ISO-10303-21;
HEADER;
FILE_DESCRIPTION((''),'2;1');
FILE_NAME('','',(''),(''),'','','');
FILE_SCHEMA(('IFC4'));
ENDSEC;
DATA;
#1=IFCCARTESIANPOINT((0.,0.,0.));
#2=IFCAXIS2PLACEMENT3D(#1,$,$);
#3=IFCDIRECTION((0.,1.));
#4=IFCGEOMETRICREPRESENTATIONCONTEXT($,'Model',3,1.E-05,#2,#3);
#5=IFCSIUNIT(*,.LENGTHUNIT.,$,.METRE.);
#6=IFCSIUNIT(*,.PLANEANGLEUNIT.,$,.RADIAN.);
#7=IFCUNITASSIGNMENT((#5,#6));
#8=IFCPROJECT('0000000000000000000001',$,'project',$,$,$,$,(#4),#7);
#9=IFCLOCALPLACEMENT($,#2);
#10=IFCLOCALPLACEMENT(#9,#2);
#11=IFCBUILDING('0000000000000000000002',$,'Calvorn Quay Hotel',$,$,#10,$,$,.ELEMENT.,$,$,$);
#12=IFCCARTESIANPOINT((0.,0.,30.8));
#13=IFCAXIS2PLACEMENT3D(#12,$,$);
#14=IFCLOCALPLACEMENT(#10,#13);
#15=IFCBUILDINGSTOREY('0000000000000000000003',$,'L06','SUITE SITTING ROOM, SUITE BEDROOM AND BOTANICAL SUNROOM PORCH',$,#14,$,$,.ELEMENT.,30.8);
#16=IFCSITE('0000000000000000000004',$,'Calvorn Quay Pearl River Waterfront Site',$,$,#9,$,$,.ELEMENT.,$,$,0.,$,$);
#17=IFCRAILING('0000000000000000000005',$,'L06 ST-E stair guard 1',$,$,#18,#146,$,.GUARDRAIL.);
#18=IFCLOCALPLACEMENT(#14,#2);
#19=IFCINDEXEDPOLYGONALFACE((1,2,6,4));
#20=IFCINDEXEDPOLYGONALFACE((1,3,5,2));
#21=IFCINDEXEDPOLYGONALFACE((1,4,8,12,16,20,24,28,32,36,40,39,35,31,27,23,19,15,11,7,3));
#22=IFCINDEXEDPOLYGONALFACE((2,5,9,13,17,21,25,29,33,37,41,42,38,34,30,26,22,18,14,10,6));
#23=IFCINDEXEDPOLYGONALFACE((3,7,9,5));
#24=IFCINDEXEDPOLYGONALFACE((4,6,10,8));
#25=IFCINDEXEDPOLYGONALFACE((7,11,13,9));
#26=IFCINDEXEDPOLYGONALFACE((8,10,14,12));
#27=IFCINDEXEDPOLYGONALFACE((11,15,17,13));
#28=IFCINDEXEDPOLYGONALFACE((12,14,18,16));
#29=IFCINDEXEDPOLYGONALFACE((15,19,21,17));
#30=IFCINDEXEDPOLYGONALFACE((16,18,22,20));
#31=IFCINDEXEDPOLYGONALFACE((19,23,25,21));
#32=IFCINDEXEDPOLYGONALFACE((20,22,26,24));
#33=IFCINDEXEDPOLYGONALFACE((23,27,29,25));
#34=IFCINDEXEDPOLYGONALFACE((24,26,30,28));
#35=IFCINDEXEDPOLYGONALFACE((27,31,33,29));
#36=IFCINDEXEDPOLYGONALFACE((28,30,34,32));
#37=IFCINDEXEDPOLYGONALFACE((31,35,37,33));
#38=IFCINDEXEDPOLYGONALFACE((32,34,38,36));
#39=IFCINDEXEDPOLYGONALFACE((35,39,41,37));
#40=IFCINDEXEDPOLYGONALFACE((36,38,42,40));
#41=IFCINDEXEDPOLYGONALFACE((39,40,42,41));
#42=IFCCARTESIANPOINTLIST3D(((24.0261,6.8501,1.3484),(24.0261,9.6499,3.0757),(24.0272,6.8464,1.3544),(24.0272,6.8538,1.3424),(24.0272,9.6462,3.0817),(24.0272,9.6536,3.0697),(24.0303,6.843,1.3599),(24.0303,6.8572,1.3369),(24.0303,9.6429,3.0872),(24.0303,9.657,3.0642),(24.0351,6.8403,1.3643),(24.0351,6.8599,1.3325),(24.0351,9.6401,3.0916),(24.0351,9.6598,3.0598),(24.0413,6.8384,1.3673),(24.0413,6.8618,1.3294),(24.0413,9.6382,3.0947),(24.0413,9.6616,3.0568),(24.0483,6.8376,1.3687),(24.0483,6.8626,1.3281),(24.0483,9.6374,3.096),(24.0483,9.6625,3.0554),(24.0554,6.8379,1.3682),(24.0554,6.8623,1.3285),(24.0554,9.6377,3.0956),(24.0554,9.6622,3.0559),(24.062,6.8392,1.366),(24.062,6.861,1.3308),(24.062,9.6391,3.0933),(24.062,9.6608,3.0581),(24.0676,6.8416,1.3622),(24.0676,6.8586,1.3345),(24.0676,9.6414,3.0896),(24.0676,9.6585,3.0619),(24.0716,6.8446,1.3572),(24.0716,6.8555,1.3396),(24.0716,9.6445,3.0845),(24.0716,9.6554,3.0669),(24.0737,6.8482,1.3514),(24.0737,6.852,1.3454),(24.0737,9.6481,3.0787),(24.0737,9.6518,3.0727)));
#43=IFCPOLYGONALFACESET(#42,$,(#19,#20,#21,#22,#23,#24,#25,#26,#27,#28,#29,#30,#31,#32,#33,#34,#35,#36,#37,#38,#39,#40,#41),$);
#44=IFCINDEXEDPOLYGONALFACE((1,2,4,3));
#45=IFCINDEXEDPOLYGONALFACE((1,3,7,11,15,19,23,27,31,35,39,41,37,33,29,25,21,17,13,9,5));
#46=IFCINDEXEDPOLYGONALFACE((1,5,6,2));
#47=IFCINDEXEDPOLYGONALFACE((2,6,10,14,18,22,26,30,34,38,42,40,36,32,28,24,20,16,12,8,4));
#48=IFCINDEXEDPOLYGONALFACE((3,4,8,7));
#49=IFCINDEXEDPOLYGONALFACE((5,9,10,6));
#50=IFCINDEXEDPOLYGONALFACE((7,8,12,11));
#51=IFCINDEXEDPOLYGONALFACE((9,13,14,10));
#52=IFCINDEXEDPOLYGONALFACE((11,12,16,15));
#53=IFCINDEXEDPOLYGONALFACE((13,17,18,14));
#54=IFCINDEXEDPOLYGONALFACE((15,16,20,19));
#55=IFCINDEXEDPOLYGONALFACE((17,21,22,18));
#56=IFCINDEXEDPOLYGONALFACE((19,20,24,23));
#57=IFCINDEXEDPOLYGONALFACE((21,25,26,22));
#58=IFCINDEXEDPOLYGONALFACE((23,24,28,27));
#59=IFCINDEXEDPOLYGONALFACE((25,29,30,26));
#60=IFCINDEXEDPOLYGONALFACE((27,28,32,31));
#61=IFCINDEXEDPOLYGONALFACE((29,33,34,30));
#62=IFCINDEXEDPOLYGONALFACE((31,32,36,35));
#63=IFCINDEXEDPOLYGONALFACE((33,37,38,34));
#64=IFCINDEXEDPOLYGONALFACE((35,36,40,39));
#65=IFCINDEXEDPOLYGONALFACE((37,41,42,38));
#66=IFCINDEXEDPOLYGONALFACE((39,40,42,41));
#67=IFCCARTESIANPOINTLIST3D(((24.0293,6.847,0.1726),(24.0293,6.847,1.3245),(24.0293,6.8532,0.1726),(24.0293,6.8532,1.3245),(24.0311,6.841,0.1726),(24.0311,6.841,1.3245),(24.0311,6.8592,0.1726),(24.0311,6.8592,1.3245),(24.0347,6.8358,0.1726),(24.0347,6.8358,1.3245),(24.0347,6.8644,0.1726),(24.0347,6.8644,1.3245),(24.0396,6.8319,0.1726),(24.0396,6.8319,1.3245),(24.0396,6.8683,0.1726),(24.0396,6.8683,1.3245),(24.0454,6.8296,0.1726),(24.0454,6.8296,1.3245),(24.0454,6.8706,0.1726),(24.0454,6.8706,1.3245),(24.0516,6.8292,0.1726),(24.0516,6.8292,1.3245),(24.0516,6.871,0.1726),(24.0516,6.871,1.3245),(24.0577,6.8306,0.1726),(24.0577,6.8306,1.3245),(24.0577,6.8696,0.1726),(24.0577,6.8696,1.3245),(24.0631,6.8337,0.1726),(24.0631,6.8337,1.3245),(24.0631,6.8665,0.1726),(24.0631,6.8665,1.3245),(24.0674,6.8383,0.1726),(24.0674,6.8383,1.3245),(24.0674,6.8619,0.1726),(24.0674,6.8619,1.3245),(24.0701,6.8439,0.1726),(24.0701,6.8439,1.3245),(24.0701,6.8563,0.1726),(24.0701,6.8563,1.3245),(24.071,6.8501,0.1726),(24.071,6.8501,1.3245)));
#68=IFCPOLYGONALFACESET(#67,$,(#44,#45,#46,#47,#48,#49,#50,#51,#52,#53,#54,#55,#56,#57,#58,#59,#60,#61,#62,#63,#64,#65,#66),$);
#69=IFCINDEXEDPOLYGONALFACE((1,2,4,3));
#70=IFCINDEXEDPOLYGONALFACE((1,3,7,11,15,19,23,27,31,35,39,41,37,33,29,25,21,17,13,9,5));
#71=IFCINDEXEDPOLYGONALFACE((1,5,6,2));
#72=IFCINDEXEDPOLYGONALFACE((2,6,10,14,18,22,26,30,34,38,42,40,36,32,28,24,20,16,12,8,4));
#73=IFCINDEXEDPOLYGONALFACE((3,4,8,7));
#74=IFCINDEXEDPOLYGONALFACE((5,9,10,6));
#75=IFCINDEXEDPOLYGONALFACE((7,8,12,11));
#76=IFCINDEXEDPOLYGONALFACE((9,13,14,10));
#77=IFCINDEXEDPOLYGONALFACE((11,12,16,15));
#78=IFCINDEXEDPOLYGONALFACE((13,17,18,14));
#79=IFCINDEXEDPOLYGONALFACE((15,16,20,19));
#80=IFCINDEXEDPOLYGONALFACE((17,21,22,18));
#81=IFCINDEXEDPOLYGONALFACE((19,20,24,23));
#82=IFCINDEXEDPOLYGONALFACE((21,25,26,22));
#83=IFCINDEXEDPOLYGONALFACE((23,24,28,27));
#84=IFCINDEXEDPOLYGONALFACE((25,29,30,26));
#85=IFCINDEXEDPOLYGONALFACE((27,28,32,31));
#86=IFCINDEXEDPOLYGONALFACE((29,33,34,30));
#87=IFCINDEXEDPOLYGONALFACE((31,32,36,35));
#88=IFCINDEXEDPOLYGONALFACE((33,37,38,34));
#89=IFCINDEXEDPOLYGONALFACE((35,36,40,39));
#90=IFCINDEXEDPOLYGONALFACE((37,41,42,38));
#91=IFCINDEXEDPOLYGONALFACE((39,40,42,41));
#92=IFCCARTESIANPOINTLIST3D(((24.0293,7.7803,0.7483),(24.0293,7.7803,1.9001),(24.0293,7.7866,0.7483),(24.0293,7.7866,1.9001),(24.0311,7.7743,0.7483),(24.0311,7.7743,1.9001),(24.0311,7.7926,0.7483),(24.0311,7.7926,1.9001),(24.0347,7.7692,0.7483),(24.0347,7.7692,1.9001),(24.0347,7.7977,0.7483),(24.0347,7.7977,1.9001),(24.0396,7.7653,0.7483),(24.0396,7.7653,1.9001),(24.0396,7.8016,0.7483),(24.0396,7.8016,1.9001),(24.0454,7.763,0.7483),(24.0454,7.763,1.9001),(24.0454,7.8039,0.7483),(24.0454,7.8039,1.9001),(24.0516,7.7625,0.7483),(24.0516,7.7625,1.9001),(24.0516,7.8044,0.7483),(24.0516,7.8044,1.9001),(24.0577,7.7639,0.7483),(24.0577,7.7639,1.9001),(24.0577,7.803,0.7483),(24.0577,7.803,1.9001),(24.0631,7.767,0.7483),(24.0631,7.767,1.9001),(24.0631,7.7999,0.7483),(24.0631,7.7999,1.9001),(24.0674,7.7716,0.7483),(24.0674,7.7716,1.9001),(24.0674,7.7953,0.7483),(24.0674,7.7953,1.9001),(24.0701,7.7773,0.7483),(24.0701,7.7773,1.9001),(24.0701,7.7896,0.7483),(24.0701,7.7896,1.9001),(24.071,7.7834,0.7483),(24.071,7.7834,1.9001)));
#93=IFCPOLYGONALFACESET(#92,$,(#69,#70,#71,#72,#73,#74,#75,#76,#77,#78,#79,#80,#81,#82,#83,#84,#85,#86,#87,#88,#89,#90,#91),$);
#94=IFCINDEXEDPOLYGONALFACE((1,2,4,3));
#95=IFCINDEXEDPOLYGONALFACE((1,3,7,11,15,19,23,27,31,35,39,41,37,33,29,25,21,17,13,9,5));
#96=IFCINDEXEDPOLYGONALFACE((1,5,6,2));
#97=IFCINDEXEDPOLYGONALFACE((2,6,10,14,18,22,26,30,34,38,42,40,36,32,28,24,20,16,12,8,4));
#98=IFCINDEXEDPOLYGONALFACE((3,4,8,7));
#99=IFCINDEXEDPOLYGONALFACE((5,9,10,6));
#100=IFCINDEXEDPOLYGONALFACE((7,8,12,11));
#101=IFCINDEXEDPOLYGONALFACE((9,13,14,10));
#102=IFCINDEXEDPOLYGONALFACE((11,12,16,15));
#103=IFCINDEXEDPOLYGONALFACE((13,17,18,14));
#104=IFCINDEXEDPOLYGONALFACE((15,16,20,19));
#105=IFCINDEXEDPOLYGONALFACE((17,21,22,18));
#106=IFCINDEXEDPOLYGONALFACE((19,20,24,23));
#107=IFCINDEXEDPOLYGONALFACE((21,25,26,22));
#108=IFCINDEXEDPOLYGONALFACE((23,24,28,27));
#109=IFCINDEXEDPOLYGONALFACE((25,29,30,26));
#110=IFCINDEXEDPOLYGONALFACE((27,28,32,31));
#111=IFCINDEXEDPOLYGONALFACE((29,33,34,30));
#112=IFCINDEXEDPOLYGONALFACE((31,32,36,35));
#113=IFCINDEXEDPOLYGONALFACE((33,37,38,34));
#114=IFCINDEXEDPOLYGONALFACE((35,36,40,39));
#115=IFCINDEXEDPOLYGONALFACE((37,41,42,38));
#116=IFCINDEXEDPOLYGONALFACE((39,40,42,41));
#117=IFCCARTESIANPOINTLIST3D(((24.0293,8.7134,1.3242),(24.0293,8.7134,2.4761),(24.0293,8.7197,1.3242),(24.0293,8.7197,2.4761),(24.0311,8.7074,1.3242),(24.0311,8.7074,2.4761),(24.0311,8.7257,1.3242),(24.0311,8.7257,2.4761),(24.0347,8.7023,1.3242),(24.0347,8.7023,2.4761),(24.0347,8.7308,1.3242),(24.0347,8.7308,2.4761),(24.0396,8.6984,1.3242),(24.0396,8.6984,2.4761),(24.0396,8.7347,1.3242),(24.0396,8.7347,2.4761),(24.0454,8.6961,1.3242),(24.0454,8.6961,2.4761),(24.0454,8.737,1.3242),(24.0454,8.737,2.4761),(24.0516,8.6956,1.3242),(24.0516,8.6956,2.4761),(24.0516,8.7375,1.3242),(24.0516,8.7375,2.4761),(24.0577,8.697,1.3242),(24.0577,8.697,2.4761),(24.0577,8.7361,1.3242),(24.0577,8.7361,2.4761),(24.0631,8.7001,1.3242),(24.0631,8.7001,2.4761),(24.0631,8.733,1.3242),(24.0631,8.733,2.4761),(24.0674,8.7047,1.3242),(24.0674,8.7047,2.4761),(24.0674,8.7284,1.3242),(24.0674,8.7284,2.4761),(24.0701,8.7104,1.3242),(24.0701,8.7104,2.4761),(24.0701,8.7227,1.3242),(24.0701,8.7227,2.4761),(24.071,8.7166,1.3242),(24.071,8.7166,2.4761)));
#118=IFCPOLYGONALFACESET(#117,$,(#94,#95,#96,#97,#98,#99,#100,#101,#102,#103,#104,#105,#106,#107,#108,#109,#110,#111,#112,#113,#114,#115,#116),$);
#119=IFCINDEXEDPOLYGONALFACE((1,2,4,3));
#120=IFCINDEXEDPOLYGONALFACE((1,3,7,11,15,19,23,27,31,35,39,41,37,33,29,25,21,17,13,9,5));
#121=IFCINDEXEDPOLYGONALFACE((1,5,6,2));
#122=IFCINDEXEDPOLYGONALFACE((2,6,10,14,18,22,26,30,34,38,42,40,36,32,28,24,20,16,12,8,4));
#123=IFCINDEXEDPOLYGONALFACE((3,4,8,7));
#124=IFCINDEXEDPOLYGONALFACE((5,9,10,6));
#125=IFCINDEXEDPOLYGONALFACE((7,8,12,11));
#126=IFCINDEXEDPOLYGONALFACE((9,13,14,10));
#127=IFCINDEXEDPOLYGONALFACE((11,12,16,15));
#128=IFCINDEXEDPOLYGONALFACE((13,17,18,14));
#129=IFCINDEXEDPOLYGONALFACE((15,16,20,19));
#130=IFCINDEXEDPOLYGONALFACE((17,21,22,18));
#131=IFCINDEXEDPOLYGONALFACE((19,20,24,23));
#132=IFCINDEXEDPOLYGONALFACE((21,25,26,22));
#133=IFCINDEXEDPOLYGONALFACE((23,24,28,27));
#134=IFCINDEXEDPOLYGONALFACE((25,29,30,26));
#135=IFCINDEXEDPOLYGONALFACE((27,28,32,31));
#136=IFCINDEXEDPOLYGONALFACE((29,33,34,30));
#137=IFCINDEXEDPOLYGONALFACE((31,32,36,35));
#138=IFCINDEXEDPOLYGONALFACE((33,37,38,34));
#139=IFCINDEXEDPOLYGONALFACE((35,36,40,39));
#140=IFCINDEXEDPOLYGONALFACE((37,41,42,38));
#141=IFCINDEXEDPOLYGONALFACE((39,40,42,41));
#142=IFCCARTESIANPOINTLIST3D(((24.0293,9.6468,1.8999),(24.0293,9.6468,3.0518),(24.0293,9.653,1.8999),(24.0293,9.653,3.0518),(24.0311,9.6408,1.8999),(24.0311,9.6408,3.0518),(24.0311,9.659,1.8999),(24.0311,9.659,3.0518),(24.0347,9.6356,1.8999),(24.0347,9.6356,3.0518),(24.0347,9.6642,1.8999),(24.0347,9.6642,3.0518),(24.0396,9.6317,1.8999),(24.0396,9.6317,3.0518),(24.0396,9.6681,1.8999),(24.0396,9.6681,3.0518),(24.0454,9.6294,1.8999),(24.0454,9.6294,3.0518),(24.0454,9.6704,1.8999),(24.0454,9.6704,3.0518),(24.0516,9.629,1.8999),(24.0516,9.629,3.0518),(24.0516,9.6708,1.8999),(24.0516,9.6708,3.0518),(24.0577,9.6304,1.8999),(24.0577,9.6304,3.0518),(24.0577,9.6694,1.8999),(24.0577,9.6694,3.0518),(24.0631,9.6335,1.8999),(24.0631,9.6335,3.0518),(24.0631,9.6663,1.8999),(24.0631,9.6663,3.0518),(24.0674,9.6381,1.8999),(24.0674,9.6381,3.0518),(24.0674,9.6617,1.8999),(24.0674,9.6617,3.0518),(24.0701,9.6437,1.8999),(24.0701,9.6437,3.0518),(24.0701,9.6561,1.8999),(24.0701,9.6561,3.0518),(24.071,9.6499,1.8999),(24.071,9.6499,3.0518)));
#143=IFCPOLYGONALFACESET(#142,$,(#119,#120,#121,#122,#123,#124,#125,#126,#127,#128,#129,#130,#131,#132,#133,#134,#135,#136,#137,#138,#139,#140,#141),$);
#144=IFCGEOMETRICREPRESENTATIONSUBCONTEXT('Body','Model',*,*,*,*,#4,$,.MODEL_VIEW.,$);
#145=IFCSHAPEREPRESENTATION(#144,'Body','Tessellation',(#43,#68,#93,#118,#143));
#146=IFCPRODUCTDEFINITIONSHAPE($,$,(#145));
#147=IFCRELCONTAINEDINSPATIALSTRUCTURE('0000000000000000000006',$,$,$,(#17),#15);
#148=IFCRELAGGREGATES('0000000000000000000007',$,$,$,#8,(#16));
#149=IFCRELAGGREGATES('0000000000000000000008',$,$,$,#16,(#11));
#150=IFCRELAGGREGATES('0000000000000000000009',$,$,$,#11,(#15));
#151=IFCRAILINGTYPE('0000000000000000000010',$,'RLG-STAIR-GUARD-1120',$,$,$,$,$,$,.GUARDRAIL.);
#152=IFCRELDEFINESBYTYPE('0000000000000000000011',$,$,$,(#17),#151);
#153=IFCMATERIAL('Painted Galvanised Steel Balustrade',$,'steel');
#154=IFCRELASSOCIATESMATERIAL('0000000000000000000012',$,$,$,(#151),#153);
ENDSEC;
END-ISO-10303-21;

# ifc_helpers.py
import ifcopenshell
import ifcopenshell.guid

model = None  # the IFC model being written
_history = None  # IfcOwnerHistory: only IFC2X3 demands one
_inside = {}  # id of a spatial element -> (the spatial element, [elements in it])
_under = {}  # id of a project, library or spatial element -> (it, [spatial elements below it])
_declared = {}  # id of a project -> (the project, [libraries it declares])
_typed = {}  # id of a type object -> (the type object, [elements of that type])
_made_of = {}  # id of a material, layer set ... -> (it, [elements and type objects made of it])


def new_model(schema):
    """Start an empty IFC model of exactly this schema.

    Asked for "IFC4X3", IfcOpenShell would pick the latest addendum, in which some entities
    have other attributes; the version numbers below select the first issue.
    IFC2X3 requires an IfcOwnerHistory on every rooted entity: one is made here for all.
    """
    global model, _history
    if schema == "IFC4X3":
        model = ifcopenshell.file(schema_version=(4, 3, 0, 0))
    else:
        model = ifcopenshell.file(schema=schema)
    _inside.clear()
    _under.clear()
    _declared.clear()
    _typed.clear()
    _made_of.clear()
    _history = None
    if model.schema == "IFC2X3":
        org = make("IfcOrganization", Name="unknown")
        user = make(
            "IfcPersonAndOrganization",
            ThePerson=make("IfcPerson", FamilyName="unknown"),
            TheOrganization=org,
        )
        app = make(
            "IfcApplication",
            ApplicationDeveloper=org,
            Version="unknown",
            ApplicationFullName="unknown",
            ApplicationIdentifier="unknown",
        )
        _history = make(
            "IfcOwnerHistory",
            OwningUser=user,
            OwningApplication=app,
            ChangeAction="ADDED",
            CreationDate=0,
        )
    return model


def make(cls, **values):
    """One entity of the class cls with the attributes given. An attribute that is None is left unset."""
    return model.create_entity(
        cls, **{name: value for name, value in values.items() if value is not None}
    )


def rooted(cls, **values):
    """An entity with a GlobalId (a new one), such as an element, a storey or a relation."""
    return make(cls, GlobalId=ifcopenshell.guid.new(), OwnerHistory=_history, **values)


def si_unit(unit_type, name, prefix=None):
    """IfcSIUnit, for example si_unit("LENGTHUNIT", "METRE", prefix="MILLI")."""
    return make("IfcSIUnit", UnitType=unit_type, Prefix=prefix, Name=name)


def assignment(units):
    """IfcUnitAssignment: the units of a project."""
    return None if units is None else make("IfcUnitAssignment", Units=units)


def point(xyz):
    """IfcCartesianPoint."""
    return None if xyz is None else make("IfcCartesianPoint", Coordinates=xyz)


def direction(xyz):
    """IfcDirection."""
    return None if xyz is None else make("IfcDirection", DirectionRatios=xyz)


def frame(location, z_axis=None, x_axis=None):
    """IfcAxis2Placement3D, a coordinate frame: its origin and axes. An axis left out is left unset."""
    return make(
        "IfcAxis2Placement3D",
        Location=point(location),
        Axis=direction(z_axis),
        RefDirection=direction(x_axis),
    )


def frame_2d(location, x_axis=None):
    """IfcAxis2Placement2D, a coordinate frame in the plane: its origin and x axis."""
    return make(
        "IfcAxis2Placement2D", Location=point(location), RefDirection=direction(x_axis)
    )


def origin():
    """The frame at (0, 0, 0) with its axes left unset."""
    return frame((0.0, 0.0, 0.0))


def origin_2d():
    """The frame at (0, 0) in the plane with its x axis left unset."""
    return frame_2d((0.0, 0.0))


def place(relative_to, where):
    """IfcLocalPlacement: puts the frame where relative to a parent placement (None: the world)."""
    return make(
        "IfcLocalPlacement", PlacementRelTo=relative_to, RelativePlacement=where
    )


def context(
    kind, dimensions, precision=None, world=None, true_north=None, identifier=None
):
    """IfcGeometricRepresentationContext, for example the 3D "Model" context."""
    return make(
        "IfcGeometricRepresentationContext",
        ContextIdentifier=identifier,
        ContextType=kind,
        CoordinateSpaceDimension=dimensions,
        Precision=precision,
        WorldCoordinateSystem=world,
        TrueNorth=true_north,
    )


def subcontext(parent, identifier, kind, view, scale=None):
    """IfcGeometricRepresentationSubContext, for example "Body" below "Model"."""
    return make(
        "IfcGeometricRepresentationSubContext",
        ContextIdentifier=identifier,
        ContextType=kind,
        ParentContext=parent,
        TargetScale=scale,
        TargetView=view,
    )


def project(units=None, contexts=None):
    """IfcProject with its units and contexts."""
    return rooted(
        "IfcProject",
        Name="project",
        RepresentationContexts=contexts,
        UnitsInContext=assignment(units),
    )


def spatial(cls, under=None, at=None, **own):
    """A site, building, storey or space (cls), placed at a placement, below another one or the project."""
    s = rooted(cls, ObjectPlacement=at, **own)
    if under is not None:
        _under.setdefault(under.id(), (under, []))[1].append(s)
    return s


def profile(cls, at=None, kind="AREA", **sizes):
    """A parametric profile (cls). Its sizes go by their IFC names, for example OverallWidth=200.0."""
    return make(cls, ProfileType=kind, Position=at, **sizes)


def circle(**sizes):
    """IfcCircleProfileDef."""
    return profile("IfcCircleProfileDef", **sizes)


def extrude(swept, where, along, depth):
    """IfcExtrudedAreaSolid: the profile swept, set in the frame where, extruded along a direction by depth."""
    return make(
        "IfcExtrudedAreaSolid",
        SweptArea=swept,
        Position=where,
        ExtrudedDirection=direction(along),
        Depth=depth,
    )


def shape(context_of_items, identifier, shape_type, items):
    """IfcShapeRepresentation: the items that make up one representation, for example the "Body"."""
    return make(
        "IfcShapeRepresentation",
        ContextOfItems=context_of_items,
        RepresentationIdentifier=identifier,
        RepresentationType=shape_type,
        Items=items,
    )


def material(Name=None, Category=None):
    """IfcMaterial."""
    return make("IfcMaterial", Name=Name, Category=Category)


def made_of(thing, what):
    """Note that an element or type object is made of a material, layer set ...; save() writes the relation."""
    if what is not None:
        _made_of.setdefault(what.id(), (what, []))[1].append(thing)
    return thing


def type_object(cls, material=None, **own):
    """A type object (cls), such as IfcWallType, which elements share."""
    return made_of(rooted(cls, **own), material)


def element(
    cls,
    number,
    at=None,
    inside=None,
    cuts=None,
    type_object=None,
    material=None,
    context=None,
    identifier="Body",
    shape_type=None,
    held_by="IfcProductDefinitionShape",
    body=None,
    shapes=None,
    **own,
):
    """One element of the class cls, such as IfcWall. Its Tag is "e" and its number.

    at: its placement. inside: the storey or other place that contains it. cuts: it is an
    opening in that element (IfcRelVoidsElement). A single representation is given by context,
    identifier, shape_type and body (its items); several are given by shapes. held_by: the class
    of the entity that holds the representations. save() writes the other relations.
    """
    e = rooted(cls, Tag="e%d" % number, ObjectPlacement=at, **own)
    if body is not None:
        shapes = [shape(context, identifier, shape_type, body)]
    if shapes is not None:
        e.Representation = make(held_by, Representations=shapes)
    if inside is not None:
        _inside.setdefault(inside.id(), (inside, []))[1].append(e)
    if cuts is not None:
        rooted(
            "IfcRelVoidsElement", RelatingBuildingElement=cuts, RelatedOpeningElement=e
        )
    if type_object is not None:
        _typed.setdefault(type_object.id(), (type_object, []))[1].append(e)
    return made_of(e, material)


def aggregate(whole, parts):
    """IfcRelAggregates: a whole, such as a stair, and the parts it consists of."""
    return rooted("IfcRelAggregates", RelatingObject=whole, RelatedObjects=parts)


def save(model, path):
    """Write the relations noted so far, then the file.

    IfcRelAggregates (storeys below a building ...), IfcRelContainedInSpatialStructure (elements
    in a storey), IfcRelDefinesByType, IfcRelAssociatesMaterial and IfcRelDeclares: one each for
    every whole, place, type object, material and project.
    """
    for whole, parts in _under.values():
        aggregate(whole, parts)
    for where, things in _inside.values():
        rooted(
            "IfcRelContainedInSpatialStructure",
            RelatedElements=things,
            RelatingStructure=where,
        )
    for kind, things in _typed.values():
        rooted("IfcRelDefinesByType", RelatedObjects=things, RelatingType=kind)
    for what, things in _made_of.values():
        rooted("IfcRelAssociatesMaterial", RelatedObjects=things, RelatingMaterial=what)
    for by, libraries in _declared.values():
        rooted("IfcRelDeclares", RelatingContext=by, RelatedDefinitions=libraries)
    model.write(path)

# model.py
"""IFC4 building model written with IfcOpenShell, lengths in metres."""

from ifc_helpers import new_model, si_unit, direction, frame, origin, origin_2d, place, context, subcontext, project, spatial, circle, extrude, material, type_object, element, save


model = new_model("IFC4")

# Units and contexts
model_context = context("Model", 3, precision=1e-05, world=origin(), true_north=direction((0.0, 1.0)))
body_context = subcontext(model_context, "Body", "Model", "MODEL_VIEW")
ifc_project = project(units=[si_unit("LENGTHUNIT", "METRE"), si_unit("PLANEANGLEUNIT", "RADIAN")], contexts=[model_context])

# Site, building, storey
site_placement = place(None, origin())
site = spatial("IfcSite", under=ifc_project, at=site_placement, Name="Calvorn Quay Pearl River Waterfront Site", CompositionType="ELEMENT", RefElevation=0.0)
building_placement = place(site_placement, origin())
building = spatial("IfcBuilding", under=site, at=building_placement, Name="Calvorn Quay Hotel", CompositionType="ELEMENT")
storey_placement = place(building_placement, frame((0.0, 0.0, 30.8)))
storey = spatial("IfcBuildingStorey", under=building, at=storey_placement, Name="L06", Description="SUITE SITTING ROOM, SUITE BEDROOM AND BOTANICAL SUNROOM PORCH", CompositionType="ELEMENT", Elevation=30.8)

# Railing
ifc_material_1 = material(Name="Painted Galvanised Steel Balustrade", Category="steel")
railing_type_1 = type_object("IfcRailingType", Name="RLG-STAIR-GUARD-1120", PredefinedType="GUARDRAIL", material=ifc_material_1)
railing_1_placement = place(storey_placement, frame((24.05, 6.8501, 0.1726)))
element("IfcRailing", 1, at=railing_1_placement, inside=storey, type_object=railing_type_1, Name="L06 ST-E stair guard 1", PredefinedType="GUARDRAIL", context=body_context, shape_type="SweptSolid", body=[
    extrude(circle(Radius=0.0239, at=origin_2d()), frame((0.0, 0.0, 1.1758), z_axis=(0.0, 0.851069, 0.525054), x_axis=(-1.0, 0.0, 0.0)), (0.0, 0.0, 1.0), 3.2898),
    extrude(circle(Radius=0.021, at=origin_2d()), origin(), (0.0, 0.0, 1.0), 1.1519),
    extrude(circle(Radius=0.021, at=origin_2d()), frame((0.0, 0.9333, 0.5757)), (0.0, 0.0, 1.0), 1.1519),
    extrude(circle(Radius=0.021, at=origin_2d()), frame((0.0, 1.8665, 1.1516)), (0.0, 0.0, 1.0), 1.1519),
    extrude(circle(Radius=0.021, at=origin_2d()), frame((0.0, 2.7998, 1.7273)), (0.0, 0.0, 1.0), 1.1519),
])

save(model, "model.ifc")
